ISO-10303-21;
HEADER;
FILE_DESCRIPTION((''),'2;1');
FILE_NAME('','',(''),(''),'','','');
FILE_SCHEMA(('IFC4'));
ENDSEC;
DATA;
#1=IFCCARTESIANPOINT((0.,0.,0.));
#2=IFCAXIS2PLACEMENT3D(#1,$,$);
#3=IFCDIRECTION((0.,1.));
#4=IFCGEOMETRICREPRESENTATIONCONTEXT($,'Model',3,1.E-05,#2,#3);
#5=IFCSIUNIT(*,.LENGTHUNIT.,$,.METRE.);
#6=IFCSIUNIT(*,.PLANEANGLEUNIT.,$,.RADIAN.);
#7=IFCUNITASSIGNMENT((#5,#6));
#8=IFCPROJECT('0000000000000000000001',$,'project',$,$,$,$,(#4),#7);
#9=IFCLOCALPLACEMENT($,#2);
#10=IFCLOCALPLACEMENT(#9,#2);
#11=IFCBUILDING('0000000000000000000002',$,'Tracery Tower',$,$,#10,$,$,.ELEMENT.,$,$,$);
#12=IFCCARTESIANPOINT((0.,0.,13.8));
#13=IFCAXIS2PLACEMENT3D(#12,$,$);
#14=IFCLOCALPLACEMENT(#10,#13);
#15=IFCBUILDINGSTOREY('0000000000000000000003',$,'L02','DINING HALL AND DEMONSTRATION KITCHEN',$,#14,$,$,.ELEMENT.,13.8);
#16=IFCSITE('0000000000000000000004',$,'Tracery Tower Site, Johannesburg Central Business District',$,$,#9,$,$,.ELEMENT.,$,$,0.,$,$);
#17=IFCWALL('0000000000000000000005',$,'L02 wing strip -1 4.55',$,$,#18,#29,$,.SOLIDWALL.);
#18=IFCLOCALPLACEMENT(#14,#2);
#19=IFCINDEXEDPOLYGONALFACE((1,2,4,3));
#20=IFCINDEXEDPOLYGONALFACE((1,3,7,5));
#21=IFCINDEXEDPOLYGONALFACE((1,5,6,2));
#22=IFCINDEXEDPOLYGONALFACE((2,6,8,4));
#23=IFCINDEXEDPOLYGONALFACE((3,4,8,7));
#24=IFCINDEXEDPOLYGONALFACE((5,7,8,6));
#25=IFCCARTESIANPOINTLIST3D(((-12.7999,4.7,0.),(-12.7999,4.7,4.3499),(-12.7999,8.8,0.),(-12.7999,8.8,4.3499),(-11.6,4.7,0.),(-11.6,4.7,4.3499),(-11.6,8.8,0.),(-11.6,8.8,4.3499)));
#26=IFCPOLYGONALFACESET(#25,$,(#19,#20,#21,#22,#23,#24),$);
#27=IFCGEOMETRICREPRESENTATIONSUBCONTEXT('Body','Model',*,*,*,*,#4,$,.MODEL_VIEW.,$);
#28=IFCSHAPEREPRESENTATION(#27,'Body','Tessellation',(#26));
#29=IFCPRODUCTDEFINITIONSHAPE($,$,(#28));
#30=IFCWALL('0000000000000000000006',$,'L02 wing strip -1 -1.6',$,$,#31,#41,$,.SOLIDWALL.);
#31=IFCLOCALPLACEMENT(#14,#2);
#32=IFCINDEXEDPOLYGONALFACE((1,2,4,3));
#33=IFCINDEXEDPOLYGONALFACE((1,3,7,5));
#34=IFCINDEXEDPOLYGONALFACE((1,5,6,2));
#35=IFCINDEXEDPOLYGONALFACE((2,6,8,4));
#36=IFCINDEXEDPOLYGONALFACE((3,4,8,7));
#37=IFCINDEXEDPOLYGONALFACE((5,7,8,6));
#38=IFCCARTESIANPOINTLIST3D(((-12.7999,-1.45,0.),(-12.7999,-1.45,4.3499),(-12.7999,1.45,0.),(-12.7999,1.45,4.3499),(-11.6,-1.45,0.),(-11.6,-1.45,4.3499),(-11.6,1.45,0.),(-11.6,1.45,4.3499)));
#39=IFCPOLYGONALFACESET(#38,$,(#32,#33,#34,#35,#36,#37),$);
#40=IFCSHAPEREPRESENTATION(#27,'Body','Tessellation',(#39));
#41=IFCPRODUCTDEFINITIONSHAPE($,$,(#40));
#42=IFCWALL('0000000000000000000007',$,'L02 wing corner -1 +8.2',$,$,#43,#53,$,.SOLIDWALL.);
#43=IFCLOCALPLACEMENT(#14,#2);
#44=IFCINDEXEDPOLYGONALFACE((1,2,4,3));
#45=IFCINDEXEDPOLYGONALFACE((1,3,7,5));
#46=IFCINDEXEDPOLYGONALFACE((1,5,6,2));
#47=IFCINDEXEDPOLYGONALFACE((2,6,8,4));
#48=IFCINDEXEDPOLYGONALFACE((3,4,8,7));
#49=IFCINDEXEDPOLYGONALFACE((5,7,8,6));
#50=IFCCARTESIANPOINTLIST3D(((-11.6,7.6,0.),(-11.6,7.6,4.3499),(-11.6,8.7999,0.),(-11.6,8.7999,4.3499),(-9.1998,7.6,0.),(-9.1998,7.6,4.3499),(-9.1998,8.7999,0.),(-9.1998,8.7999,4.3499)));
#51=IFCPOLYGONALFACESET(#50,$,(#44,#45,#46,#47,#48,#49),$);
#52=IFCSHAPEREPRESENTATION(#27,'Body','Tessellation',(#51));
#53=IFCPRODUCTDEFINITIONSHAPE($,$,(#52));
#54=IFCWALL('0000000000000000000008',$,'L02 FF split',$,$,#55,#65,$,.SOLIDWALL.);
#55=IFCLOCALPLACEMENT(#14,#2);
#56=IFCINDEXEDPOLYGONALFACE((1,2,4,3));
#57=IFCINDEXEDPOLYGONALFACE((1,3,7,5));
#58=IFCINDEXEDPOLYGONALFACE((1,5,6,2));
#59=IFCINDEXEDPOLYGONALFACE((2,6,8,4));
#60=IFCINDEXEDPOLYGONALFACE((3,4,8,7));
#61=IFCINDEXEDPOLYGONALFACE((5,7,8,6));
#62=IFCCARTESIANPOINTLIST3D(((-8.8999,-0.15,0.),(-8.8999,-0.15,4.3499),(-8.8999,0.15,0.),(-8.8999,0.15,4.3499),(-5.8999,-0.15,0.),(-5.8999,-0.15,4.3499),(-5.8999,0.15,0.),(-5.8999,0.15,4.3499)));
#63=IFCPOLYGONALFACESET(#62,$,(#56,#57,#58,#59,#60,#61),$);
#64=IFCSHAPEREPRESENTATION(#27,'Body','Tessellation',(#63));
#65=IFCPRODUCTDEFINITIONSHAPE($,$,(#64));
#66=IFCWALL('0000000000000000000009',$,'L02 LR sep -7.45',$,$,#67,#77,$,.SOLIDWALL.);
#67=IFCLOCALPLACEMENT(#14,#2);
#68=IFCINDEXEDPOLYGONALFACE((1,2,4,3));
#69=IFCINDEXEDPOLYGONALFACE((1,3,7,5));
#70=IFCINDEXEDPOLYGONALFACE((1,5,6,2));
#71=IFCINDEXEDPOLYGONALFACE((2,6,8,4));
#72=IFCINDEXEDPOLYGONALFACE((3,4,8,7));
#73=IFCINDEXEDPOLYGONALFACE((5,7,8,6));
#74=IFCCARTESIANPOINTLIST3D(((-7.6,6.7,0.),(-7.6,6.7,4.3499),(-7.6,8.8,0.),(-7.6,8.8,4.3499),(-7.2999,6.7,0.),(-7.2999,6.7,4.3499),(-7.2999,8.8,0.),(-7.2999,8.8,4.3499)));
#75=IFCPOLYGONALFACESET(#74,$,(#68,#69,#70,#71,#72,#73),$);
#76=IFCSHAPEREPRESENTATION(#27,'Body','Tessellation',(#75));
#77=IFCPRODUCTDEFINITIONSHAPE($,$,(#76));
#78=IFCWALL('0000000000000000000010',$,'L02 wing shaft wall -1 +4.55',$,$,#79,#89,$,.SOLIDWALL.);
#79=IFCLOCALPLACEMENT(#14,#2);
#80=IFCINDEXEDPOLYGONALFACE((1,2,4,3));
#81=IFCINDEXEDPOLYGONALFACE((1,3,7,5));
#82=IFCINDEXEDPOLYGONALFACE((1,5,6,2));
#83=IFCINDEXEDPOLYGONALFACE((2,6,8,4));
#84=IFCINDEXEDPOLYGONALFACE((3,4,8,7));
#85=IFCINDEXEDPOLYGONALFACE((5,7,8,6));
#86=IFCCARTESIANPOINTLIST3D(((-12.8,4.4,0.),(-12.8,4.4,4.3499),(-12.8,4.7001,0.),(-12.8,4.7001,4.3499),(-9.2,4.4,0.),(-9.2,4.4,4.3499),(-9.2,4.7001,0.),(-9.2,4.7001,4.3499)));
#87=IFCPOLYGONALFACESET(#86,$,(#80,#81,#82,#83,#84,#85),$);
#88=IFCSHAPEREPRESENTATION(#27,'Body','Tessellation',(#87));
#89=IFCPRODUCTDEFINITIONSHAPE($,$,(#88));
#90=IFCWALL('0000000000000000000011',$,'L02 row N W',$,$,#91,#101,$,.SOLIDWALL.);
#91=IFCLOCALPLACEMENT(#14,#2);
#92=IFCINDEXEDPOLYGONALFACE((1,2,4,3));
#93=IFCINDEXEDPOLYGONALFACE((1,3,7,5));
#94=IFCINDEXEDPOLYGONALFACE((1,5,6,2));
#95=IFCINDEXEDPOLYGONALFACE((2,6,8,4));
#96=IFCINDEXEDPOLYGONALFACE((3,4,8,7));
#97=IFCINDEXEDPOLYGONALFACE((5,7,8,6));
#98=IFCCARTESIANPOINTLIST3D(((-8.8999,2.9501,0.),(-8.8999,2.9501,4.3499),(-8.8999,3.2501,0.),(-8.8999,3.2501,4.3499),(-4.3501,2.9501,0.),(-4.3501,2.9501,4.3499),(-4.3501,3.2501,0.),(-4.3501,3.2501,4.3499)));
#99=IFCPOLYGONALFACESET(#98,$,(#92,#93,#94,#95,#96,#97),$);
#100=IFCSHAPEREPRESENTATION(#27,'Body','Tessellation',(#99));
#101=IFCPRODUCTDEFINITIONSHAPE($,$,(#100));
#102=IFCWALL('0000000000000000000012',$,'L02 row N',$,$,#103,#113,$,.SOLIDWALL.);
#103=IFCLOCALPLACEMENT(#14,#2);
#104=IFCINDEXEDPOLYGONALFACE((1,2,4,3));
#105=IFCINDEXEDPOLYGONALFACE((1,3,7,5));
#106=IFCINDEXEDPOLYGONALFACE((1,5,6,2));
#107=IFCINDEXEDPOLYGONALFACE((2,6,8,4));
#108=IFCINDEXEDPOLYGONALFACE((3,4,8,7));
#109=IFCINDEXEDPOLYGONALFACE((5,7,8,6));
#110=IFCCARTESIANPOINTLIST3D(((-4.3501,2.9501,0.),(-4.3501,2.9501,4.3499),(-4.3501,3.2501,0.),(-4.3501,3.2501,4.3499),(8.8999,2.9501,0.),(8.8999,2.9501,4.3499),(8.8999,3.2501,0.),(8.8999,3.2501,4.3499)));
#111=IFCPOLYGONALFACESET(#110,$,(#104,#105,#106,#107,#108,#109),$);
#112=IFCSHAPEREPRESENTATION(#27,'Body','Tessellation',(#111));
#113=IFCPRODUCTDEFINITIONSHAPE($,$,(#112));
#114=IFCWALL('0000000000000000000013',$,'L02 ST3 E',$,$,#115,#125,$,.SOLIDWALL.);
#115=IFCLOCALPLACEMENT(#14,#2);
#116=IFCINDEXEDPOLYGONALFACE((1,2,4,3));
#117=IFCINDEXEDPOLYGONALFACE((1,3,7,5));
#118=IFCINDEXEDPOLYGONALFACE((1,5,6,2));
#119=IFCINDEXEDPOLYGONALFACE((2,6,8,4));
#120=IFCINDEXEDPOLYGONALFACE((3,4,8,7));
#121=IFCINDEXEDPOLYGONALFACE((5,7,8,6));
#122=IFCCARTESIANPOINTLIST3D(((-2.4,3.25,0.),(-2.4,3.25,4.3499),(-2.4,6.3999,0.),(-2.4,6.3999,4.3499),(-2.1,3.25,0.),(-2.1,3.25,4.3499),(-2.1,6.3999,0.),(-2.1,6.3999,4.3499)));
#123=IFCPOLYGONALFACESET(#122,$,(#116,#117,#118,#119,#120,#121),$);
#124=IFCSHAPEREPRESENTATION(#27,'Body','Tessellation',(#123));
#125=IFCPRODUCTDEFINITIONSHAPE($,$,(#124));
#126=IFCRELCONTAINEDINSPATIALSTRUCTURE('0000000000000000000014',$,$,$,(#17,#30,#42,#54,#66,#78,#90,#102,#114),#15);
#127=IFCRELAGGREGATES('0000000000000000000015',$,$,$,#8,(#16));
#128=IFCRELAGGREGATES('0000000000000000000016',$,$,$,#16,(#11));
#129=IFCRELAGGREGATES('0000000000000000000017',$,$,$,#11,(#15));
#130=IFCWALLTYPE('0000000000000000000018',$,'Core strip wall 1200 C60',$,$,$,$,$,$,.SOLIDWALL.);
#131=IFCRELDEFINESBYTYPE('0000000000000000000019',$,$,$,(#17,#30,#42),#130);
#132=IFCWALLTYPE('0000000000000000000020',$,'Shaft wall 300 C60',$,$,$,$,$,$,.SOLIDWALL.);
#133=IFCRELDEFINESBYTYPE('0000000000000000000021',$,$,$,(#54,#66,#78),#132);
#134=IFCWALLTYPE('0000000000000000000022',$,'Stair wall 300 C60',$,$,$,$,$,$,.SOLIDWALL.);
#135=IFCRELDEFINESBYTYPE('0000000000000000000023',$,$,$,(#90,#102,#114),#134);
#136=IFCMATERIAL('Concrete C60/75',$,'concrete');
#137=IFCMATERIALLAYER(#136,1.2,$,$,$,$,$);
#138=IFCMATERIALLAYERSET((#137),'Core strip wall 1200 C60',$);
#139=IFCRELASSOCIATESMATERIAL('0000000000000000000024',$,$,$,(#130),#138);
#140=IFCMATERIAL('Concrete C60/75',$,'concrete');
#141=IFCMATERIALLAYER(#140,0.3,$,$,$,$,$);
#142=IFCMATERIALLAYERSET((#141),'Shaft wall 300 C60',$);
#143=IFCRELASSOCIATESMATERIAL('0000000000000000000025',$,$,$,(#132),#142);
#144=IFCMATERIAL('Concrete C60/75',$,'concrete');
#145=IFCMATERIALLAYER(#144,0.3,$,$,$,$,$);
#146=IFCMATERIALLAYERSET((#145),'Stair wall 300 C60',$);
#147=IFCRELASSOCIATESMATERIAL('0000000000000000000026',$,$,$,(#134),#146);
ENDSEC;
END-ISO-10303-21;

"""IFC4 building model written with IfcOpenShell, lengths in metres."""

from ifc_helpers import new_model, si_unit, direction, frame, frame_2d, origin, place, context, subcontext, project, spatial, rectangle, extrude, material, layer, layer_set, type_object, element, save


model = new_model("IFC4")

# Units and contexts
model_context = context("Model", 3, precision=1e-05, world=origin(), true_north=direction((0.0, 1.0)))
body_context = subcontext(model_context, "Body", "Model", "MODEL_VIEW")
ifc_project = project(units=[si_unit("LENGTHUNIT", "METRE"), si_unit("PLANEANGLEUNIT", "RADIAN")], contexts=[model_context])

# Site, building, storey
site_placement = place(None, origin())
site = spatial("IfcSite", under=ifc_project, at=site_placement, Name="Tracery Tower Site, Johannesburg Central Business District", CompositionType="ELEMENT", RefElevation=0.0)
building_placement = place(site_placement, origin())
building = spatial("IfcBuilding", under=site, at=building_placement, Name="Tracery Tower", CompositionType="ELEMENT")
storey_placement = place(building_placement, frame((0.0, 0.0, 13.8)))
storey = spatial("IfcBuildingStorey", under=building, at=storey_placement, Name="L02", Description="DINING HALL AND DEMONSTRATION KITCHEN", CompositionType="ELEMENT", Elevation=13.8)

# Walls
ifc_material_1 = material(Name="Concrete C60/75", Category="concrete")
ifc_layer_1 = layer(ifc_material_1, 1.2)
ifc_layer_set_1 = layer_set([ifc_layer_1], Name="Core strip wall 1200 C60")
wall_type_1 = type_object("IfcWallType", Name="Core strip wall 1200 C60", PredefinedType="SOLIDWALL", material=ifc_layer_set_1)
wall_1_placement = place(storey_placement, frame((-12.2, 4.7, 0.0), z_axis=(0.0, 0.0, 1.0), x_axis=(0.0, 1.0, 0.0)))
element("IfcWall", 1, at=wall_1_placement, inside=storey, type_object=wall_type_1, Name="L02 wing strip -1 4.55", PredefinedType="SOLIDWALL", context=body_context, shape_type="SweptSolid", body=[
    extrude(rectangle(XDim=4.1001, YDim=1.2, at=frame_2d((2.05, 0.0))), origin(), (0.0, 0.0, 1.0), 4.3499),
])
wall_2_placement = place(storey_placement, frame((-12.2, -1.45, 0.0), z_axis=(0.0, 0.0, 1.0), x_axis=(0.0, 1.0, 0.0)))
element("IfcWall", 2, at=wall_2_placement, inside=storey, type_object=wall_type_1, Name="L02 wing strip -1 -1.6", PredefinedType="SOLIDWALL", context=body_context, shape_type="SweptSolid", body=[
    extrude(rectangle(XDim=2.8999, YDim=1.2, at=frame_2d((1.45, 0.0))), origin(), (0.0, 0.0, 1.0), 4.3499),
])
wall_3_placement = place(storey_placement, frame((-11.6001, 8.2, 0.0), z_axis=(0.0, 0.0, 1.0), x_axis=(1.0, 0.0, 0.0)))
element("IfcWall", 3, at=wall_3_placement, inside=storey, type_object=wall_type_1, Name="L02 wing corner -1 +8.2", PredefinedType="SOLIDWALL", context=body_context, shape_type="SweptSolid", body=[
    extrude(rectangle(XDim=2.4001, YDim=1.2, at=frame_2d((1.2002, 0.0))), origin(), (0.0, 0.0, 1.0), 4.3499),
])
ifc_material_2 = material(Name="Concrete C60/75", Category="concrete")
ifc_layer_2 = layer(ifc_material_2, 0.3)
ifc_layer_set_2 = layer_set([ifc_layer_2], Name="Shaft wall 300 C60")
wall_type_2 = type_object("IfcWallType", Name="Shaft wall 300 C60", PredefinedType="SOLIDWALL", material=ifc_layer_set_2)
wall_4_placement = place(storey_placement, frame((-8.8999, 0.0, 0.0), z_axis=(0.0, 0.0, 1.0), x_axis=(1.0, 0.0, 0.0)))
element("IfcWall", 4, at=wall_4_placement, inside=storey, type_object=wall_type_2, Name="L02 FF split", PredefinedType="SOLIDWALL", context=body_context, shape_type="SweptSolid", body=[
    extrude(rectangle(XDim=3.0, YDim=0.3, at=frame_2d((1.5, 0.0))), origin(), (0.0, 0.0, 1.0), 4.3499),
])
wall_5_placement = place(storey_placement, frame((-7.45, 6.7, 0.0), z_axis=(0.0, 0.0, 1.0), x_axis=(0.0, 1.0, 0.0)))
element("IfcWall", 5, at=wall_5_placement, inside=storey, type_object=wall_type_2, Name="L02 LR sep -7.45", PredefinedType="SOLIDWALL", context=body_context, shape_type="SweptSolid", body=[
    extrude(rectangle(XDim=2.1001, YDim=0.3, at=frame_2d((1.05, 0.0))), origin(), (0.0, 0.0, 1.0), 4.3499),
])

# Wall
wall_6_placement = place(storey_placement, frame((-12.8, 4.55, 0.0), z_axis=(0.0, 0.0, 1.0), x_axis=(1.0, 0.0, 0.0)))
element("IfcWall", 6, at=wall_6_placement, inside=storey, type_object=wall_type_2, Name="L02 wing shaft wall -1 +4.55", PredefinedType="SOLIDWALL", context=body_context, shape_type="SweptSolid", body=[
    extrude(rectangle(XDim=3.6001, YDim=0.3, at=frame_2d((1.8, 0.0))), origin(), (0.0, 0.0, 1.0), 4.3499),
])

# Walls
ifc_material_3 = material(Name="Concrete C60/75", Category="concrete")
ifc_layer_3 = layer(ifc_material_3, 0.3)
ifc_layer_set_3 = layer_set([ifc_layer_3], Name="Stair wall 300 C60")
wall_type_3 = type_object("IfcWallType", Name="Stair wall 300 C60", PredefinedType="SOLIDWALL", material=ifc_layer_set_3)
wall_7_placement = place(storey_placement, frame((-8.8999, 3.1001, 0.0), z_axis=(0.0, 0.0, 1.0), x_axis=(1.0, 0.0, 0.0)))
element("IfcWall", 7, at=wall_7_placement, inside=storey, type_object=wall_type_3, Name="L02 row N W", PredefinedType="SOLIDWALL", context=body_context, shape_type="SweptSolid", body=[
    extrude(rectangle(XDim=4.5498, YDim=0.3, at=frame_2d((2.2749, 0.0))), origin(), (0.0, 0.0, 1.0), 4.3499),
])
wall_8_placement = place(storey_placement, frame((-4.3501, 3.1001, 0.0), z_axis=(0.0, 0.0, 1.0), x_axis=(1.0, 0.0, 0.0)))
element("IfcWall", 8, at=wall_8_placement, inside=storey, type_object=wall_type_3, Name="L02 row N", PredefinedType="SOLIDWALL", context=body_context, shape_type="SweptSolid", body=[
    extrude(rectangle(XDim=13.25, YDim=0.3, at=frame_2d((6.625, 0.0))), origin(), (0.0, 0.0, 1.0), 4.3499),
])
wall_9_placement = place(storey_placement, frame((-2.25, 3.25, 0.0), z_axis=(0.0, 0.0, 1.0), x_axis=(0.0, 1.0, 0.0)))
element("IfcWall", 9, at=wall_9_placement, inside=storey, type_object=wall_type_3, Name="L02 ST3 E", PredefinedType="SOLIDWALL", context=body_context, shape_type="SweptSolid", body=[
    extrude(rectangle(XDim=3.1499, YDim=0.3, at=frame_2d((1.575, 0.0))), origin(), (0.0, 0.0, 1.0), 4.3499),
])

save(model, "model.ifc")
